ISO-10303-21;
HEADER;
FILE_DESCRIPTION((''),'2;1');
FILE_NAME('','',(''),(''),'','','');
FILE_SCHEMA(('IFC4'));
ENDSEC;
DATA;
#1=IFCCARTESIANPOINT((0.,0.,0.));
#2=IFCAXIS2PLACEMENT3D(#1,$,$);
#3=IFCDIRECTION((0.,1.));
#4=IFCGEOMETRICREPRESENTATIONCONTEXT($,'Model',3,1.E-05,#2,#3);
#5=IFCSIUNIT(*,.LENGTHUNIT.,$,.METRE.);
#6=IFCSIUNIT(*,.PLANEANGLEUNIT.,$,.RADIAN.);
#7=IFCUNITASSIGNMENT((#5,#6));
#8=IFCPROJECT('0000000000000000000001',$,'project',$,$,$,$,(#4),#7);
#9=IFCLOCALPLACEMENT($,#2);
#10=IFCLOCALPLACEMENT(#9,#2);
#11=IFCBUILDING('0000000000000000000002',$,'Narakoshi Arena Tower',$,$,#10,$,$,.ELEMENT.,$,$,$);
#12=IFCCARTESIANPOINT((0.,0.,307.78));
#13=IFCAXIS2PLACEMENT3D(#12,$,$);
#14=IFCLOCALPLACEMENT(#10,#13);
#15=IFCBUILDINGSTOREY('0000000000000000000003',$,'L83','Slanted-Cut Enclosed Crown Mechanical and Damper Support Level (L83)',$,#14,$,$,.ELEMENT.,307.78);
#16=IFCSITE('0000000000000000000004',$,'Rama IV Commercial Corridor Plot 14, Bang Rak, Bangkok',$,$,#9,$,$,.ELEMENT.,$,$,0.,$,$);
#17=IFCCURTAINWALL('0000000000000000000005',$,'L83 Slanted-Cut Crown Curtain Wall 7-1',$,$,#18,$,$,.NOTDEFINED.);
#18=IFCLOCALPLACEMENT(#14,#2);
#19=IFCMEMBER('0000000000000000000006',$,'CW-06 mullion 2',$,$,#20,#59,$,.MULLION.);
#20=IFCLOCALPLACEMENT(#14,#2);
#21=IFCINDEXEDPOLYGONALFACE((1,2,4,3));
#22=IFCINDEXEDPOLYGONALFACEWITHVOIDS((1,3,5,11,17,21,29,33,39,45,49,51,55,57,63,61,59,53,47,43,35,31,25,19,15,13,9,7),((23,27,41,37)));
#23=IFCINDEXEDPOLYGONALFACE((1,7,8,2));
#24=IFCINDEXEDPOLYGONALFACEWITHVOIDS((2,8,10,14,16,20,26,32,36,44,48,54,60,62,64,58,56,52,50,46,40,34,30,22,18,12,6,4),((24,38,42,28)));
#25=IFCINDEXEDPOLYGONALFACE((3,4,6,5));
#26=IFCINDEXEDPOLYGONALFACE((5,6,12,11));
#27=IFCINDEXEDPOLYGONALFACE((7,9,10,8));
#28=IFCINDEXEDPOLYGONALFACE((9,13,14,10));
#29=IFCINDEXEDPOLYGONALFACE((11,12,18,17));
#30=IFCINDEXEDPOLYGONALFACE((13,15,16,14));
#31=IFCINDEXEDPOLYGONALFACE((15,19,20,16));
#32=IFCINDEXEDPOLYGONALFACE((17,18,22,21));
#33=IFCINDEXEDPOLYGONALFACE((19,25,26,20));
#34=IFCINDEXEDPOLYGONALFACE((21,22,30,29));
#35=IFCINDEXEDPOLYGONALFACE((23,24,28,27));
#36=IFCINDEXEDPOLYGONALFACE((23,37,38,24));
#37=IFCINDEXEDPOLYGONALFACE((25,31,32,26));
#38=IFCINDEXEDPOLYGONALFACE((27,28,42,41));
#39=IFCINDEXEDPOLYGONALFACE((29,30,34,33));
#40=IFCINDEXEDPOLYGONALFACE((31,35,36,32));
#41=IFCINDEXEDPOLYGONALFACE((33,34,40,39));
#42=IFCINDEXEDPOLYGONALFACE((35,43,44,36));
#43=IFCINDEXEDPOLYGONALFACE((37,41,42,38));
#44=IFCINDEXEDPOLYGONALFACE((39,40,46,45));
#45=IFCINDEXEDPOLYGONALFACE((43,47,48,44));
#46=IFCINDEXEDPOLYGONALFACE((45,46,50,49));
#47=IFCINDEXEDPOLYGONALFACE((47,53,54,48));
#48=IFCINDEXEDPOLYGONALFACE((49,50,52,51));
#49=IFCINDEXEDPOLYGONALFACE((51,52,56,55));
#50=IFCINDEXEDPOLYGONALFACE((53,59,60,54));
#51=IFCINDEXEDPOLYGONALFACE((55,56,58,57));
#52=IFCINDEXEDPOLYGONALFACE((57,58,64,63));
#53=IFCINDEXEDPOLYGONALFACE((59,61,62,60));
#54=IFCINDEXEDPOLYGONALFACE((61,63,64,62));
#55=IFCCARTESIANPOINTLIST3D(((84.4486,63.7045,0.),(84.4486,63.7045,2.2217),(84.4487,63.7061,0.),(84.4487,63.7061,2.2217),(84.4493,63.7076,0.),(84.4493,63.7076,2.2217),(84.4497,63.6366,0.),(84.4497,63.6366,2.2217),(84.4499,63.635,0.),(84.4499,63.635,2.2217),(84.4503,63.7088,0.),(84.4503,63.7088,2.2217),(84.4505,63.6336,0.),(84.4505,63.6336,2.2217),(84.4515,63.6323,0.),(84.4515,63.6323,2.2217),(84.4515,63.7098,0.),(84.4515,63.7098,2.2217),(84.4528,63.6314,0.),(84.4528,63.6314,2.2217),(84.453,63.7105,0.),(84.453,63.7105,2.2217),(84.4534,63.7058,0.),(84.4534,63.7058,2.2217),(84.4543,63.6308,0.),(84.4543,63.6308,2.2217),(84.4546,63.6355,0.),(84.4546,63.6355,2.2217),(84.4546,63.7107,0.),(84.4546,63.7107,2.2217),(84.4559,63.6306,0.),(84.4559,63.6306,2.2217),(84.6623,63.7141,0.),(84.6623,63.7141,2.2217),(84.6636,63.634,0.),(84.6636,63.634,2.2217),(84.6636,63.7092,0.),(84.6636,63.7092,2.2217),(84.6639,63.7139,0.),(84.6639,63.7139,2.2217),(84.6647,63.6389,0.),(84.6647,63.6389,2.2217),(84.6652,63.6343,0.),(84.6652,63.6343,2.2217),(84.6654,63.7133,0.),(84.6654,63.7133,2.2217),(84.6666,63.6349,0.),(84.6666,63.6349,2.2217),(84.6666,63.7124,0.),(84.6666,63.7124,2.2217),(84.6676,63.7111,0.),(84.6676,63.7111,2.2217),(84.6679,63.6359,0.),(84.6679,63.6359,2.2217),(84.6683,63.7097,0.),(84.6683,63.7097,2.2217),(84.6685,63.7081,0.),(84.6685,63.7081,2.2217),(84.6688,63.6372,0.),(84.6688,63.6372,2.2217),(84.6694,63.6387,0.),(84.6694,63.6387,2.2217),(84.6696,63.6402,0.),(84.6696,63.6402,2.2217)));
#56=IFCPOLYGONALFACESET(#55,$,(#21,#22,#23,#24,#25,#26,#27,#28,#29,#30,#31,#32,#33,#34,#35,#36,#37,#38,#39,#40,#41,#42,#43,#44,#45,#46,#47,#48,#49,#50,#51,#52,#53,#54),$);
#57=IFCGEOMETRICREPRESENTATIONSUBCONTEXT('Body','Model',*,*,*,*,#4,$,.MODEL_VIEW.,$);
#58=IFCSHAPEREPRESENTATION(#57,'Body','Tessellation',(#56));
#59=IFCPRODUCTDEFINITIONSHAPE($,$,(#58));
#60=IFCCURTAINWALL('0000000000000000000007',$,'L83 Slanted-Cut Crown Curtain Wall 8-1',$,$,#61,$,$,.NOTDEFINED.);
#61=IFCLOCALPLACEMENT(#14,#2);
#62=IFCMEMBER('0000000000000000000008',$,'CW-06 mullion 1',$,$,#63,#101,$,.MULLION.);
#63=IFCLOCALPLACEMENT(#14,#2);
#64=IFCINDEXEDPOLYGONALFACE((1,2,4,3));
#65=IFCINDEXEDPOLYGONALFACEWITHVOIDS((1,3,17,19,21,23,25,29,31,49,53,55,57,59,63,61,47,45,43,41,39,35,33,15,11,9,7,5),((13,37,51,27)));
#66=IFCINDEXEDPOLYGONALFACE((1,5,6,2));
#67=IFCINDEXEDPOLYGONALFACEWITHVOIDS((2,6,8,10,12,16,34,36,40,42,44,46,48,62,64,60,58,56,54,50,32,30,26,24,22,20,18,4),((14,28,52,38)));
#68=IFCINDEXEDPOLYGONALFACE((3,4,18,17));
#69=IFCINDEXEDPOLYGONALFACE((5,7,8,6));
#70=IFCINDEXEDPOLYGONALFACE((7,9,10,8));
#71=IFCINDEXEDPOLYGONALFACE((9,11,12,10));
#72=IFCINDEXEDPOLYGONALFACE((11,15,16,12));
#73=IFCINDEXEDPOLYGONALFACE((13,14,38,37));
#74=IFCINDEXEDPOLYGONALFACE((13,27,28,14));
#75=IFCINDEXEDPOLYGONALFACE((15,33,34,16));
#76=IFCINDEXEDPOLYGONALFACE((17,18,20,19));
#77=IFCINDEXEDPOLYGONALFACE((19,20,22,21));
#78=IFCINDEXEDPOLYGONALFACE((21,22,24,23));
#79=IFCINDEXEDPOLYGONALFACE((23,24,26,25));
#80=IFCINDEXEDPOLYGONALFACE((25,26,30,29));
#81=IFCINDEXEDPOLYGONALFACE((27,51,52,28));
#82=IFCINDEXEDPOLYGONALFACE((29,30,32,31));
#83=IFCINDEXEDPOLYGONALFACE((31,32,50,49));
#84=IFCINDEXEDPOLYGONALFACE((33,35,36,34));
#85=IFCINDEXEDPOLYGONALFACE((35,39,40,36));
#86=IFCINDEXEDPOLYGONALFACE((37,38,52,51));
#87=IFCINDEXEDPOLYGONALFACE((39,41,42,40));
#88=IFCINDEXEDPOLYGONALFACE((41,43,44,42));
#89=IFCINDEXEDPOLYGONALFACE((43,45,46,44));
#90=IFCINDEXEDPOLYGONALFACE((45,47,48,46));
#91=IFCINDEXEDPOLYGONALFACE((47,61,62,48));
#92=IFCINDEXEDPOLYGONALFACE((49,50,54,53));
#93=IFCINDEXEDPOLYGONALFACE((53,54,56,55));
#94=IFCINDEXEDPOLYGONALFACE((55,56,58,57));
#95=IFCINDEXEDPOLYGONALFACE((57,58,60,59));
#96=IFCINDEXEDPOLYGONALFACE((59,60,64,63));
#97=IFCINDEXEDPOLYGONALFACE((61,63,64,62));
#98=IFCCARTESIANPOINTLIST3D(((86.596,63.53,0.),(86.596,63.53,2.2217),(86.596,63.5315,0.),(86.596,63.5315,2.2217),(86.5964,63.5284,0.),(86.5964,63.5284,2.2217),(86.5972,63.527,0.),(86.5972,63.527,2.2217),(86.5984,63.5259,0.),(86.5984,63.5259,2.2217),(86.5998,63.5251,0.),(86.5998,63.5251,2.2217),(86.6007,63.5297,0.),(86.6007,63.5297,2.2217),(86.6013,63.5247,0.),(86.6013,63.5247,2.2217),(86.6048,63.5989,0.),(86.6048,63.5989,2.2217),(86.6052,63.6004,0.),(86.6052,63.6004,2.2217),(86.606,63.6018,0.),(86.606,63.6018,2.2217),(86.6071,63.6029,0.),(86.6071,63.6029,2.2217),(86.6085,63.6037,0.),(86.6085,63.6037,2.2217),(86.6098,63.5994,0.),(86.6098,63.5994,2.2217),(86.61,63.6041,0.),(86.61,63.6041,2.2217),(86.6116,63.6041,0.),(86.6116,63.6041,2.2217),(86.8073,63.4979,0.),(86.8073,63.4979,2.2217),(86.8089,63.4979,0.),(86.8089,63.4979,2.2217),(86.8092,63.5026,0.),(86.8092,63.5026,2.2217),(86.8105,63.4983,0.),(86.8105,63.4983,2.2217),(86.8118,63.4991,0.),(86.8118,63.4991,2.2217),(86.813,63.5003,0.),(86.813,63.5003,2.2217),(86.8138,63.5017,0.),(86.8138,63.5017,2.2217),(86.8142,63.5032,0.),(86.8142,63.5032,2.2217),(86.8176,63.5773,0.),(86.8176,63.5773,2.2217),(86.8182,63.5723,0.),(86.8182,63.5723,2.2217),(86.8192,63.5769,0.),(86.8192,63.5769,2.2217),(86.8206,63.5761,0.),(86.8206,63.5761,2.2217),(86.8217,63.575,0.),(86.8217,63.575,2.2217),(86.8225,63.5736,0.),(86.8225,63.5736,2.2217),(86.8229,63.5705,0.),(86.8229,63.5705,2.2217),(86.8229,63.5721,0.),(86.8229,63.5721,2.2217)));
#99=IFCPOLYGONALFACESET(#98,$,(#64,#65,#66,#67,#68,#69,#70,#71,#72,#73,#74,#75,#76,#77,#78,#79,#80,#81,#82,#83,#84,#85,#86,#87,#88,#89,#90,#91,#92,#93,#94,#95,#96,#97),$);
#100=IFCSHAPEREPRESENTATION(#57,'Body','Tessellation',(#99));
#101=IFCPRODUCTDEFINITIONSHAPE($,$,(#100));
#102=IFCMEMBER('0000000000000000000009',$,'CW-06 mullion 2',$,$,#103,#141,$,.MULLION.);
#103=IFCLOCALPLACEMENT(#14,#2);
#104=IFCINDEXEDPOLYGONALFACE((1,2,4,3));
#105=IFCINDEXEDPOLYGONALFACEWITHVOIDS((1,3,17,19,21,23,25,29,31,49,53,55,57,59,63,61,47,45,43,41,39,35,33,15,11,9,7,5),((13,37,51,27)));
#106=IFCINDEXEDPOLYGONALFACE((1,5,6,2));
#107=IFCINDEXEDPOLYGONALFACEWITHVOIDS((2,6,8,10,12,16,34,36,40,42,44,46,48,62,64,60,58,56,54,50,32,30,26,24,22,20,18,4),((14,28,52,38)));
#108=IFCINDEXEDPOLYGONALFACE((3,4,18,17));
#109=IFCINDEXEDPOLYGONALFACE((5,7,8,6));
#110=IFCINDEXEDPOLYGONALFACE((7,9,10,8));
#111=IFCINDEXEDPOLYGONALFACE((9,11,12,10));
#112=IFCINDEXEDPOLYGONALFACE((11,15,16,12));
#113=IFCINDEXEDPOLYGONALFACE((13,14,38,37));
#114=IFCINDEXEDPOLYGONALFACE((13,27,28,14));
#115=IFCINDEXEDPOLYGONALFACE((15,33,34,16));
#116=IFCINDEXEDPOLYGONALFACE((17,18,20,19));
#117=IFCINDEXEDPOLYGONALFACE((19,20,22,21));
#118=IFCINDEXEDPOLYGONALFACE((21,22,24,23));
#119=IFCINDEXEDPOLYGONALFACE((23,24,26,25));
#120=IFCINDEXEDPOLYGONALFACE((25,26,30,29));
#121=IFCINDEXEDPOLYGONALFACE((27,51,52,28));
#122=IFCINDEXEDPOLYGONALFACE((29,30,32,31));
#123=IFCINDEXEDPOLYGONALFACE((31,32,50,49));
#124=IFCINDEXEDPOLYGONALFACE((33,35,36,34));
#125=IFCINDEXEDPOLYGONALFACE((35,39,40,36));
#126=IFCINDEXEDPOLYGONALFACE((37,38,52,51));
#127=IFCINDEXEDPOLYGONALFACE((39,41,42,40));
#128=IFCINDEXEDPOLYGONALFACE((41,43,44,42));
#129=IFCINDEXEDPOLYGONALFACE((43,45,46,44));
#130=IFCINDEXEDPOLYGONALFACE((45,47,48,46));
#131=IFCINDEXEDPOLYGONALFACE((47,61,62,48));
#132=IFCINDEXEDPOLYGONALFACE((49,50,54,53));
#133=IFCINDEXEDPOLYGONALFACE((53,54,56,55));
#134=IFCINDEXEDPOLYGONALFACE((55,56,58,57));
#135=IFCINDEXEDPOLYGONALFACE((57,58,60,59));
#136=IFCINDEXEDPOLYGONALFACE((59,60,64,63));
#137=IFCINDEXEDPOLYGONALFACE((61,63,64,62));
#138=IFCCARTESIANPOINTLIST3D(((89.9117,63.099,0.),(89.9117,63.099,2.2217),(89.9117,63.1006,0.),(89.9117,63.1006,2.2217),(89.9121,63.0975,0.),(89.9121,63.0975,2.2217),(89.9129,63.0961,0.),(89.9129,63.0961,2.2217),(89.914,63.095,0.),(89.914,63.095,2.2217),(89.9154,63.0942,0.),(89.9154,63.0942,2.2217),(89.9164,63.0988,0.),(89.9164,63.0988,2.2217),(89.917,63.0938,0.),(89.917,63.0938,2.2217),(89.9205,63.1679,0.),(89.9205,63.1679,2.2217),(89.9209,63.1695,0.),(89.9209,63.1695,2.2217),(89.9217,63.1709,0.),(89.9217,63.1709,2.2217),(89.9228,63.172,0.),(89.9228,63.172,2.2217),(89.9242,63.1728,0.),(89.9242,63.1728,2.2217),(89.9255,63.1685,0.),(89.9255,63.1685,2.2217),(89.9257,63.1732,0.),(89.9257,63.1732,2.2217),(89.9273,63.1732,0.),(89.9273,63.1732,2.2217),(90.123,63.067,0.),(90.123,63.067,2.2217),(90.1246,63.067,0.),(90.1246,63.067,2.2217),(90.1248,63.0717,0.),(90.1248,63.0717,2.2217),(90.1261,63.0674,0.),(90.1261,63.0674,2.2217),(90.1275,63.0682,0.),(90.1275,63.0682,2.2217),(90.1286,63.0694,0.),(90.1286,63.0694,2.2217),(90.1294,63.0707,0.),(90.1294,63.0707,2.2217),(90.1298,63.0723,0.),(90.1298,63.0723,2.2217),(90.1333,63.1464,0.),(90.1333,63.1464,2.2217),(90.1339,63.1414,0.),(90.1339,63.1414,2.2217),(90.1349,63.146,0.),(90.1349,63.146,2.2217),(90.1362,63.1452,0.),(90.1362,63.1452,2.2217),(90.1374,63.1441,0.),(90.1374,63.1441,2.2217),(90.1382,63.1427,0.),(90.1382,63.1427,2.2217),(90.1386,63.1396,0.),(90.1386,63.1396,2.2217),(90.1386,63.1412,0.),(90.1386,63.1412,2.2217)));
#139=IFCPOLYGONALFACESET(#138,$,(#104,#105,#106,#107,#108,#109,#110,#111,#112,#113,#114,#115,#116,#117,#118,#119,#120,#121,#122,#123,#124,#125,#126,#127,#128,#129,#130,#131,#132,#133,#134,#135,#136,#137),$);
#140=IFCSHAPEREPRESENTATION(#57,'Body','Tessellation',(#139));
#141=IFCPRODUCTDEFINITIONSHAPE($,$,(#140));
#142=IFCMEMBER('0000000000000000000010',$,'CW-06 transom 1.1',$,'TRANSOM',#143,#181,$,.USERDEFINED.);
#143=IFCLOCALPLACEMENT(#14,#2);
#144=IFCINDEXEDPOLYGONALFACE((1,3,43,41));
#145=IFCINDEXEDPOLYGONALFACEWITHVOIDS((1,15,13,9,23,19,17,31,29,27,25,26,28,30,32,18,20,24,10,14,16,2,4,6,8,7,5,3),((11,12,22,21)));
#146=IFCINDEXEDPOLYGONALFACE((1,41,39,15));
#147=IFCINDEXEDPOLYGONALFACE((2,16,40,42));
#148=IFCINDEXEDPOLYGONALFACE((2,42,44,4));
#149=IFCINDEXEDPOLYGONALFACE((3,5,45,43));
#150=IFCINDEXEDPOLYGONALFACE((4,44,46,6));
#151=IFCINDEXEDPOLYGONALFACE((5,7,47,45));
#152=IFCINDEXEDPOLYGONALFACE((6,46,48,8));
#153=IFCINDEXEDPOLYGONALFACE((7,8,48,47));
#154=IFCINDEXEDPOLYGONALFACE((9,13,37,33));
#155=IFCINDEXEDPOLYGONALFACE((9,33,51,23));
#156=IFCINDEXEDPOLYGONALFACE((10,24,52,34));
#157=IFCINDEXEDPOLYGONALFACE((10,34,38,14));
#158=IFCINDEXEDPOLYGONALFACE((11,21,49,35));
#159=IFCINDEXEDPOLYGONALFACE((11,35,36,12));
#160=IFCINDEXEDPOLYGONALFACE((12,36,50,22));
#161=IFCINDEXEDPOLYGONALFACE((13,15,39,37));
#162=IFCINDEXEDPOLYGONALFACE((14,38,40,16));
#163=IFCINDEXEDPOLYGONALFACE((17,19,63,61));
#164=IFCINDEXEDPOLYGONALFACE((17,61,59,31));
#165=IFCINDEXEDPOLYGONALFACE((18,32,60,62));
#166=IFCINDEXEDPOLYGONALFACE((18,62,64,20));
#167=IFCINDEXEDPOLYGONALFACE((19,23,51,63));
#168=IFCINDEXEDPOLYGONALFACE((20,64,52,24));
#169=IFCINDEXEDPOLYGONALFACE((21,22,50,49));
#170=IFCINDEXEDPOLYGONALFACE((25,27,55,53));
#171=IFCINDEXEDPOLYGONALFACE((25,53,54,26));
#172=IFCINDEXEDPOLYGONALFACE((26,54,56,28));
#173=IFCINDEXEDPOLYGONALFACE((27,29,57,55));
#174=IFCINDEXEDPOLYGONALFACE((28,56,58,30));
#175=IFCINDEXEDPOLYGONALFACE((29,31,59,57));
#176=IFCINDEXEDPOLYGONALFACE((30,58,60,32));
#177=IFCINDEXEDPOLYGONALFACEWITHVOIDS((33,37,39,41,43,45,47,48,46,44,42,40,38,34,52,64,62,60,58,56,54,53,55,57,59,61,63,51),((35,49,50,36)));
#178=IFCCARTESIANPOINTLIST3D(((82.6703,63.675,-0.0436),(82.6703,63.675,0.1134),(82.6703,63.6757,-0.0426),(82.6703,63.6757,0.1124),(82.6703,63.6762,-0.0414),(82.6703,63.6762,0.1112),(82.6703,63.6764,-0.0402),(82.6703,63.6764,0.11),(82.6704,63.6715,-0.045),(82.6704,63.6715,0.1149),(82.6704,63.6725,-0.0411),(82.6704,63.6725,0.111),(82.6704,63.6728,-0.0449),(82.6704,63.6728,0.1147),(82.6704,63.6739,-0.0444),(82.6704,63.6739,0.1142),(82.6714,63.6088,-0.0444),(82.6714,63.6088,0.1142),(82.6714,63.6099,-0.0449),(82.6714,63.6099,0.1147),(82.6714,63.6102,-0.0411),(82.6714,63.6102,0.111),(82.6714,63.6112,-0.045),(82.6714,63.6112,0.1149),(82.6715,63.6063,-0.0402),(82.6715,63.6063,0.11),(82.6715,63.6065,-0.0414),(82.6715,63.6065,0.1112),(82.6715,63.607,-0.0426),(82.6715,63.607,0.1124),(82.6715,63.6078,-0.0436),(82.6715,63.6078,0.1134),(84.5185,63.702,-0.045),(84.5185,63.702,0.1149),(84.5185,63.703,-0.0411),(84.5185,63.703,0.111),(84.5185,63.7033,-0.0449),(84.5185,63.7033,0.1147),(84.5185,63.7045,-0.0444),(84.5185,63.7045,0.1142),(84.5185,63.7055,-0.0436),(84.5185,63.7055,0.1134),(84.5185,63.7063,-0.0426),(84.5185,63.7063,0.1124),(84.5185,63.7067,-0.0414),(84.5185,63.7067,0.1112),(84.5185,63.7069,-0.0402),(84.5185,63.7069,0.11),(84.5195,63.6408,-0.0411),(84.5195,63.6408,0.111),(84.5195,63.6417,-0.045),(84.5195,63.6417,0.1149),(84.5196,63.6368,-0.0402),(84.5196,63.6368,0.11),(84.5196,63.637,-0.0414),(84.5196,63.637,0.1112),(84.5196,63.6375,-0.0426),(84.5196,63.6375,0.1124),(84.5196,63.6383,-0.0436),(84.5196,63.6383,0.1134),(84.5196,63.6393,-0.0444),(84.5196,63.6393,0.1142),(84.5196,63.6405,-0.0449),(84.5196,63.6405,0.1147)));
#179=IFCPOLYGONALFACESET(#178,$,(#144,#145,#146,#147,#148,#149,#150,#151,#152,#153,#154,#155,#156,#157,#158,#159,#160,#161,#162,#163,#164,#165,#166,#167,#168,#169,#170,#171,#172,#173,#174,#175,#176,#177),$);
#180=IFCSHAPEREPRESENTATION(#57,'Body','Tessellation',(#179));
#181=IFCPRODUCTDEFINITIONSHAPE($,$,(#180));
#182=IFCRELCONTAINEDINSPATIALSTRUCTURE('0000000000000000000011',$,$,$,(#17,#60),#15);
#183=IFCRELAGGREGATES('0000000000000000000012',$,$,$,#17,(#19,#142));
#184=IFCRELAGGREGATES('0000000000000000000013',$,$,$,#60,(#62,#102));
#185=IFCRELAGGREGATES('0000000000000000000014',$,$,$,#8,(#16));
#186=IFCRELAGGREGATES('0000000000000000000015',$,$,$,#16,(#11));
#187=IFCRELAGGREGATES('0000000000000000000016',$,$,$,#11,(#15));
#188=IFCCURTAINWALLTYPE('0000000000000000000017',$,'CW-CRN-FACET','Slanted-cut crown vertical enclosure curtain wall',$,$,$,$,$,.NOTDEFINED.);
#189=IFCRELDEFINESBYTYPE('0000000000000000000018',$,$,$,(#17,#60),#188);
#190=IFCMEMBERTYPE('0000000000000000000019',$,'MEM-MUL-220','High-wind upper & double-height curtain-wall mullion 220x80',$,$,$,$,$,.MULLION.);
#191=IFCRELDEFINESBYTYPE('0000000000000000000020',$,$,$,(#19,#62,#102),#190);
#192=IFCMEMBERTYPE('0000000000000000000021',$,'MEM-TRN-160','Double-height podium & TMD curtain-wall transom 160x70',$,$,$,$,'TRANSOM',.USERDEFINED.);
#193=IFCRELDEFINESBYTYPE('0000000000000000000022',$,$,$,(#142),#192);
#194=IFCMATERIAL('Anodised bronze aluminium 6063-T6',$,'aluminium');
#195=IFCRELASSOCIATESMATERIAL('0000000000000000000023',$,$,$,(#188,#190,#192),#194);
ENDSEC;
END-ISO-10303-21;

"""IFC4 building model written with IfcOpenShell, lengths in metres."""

from ifc_helpers import new_model, si_unit, direction, frame, origin, origin_2d, place, context, subcontext, project, spatial, hollow_rectangle, extrude, material, material_profile, profile_set, type_object, element, aggregate, save


model = new_model("IFC4")

# Units and contexts
model_context = context("Model", 3, precision=1e-05, world=origin(), true_north=direction((0.0, 1.0)))
body_context = subcontext(model_context, "Body", "Model", "MODEL_VIEW")
ifc_project = project(units=[si_unit("LENGTHUNIT", "METRE"), si_unit("PLANEANGLEUNIT", "RADIAN")], contexts=[model_context])

# Site, building, storey
site_placement = place(None, origin())
site = spatial("IfcSite", under=ifc_project, at=site_placement, Name="Rama IV Commercial Corridor Plot 14, Bang Rak, Bangkok", CompositionType="ELEMENT", RefElevation=0.0)
building_placement = place(site_placement, origin())
building = spatial("IfcBuilding", under=site, at=building_placement, Name="Narakoshi Arena Tower", CompositionType="ELEMENT")
storey_placement = place(building_placement, frame((0.0, 0.0, 307.78)))
storey = spatial("IfcBuildingStorey", under=building, at=storey_placement, Name="L83", Description="Slanted-Cut Enclosed Crown Mechanical and Damper Support Level (L83)", CompositionType="ELEMENT", Elevation=307.78)

# Shared definitions
ifc_material_1 = material(Name="Anodised bronze aluminium 6063-T6", Category="aluminium")
curtain_wall_type = type_object("IfcCurtainWallType", Name="CW-CRN-FACET", Description="Slanted-cut crown vertical enclosure curtain wall", PredefinedType="NOTDEFINED", material=ifc_material_1)
ifc_material_profile_1 = material_profile(ifc_material_1, hollow_rectangle(XDim=0.0801, YDim=0.22, WallThickness=0.0049, OuterFilletRadius=0.0061, at=origin_2d()), Name="MUL220x80x5")
ifc_profile_set_1 = profile_set([ifc_material_profile_1], Name="Anodised bronze aluminium 6063-T6")
member_type_1 = type_object("IfcMemberType", Name="MEM-MUL-220", Description="High-wind upper & double-height curtain-wall mullion 220x80", PredefinedType="MULLION", material=ifc_profile_set_1)

# Curtain walls, members
curtain_wall_1_placement = place(storey_placement, origin())
curtain_wall_1 = element("IfcCurtainWall", 1, at=curtain_wall_1_placement, inside=storey, type_object=curtain_wall_type, Name="L83 Slanted-Cut Crown Curtain Wall 7-1", PredefinedType="NOTDEFINED")
member_1_placement = place(storey_placement, frame((84.5591, 63.6724, 0.0), z_axis=(0.0, 0.0, 1.0), x_axis=(-0.016431, 0.999865, 0.0)))
member_1 = element("IfcMember", 2, at=member_1_placement, type_object=member_type_1, Name="CW-06 mullion 2", PredefinedType="MULLION", context=body_context, shape_type="SweptSolid", body=[
    extrude(hollow_rectangle(XDim=0.0801, YDim=0.22, WallThickness=0.0049, OuterFilletRadius=0.0061, at=origin_2d()), origin(), (0.0, 0.0, 1.0), 2.2217),
])
curtain_wall_2_placement = place(storey_placement, origin())
curtain_wall_2 = element("IfcCurtainWall", 3, at=curtain_wall_2_placement, inside=storey, type_object=curtain_wall_type, Name="L83 Slanted-Cut Crown Curtain Wall 8-1", PredefinedType="NOTDEFINED")
member_2_placement = place(storey_placement, frame((86.7095, 63.551, 0.0), z_axis=(0.0, 0.0, 1.0), x_axis=(0.12889, 0.991659, 0.0)))
member_2 = element("IfcMember", 4, at=member_2_placement, type_object=member_type_1, Name="CW-06 mullion 1", PredefinedType="MULLION", context=body_context, shape_type="SweptSolid", body=[
    extrude(hollow_rectangle(XDim=0.0801, YDim=0.22, WallThickness=0.0049, OuterFilletRadius=0.0061, at=origin_2d()), origin(), (0.0, 0.0, 1.0), 2.2217),
])
member_3_placement = place(storey_placement, frame((90.0251, 63.1201, 0.0), z_axis=(0.0, 0.0, 1.0), x_axis=(0.12889, 0.991659, 0.0)))
member_3 = element("IfcMember", 5, at=member_3_placement, type_object=member_type_1, Name="CW-06 mullion 2", PredefinedType="MULLION", context=body_context, shape_type="SweptSolid", body=[
    extrude(hollow_rectangle(XDim=0.0801, YDim=0.22, WallThickness=0.0049, OuterFilletRadius=0.0061, at=origin_2d()), origin(), (0.0, 0.0, 1.0), 2.2217),
])

# Member
ifc_material_profile_2 = material_profile(ifc_material_1, hollow_rectangle(XDim=0.0701, YDim=0.1599, WallThickness=0.0039, OuterFilletRadius=0.0049, at=origin_2d()), Name="TRN160x70x4")
ifc_profile_set_2 = profile_set([ifc_material_profile_2], Name="Anodised bronze aluminium 6063-T6")
member_type_2 = type_object("IfcMemberType", Name="MEM-TRN-160", Description="Double-height podium & TMD curtain-wall transom 160x70", ElementType="TRANSOM", PredefinedType="USERDEFINED", material=ifc_profile_set_2)
member_4_placement = place(storey_placement, frame((82.6709, 63.6414, 0.0349), z_axis=(0.999864, 0.01651, 0.0), x_axis=(-0.01651, 0.999864, 0.0)))
member_4 = element("IfcMember", 6, at=member_4_placement, type_object=member_type_2, Name="CW-06 transom 1.1", ObjectType="TRANSOM", PredefinedType="USERDEFINED", context=body_context, shape_type="SweptSolid", body=[
    extrude(hollow_rectangle(XDim=0.0701, YDim=0.1599, WallThickness=0.0039, OuterFilletRadius=0.0049, at=origin_2d()), origin(), (0.0, 0.0, 1.0), 1.8484),
])

aggregate(curtain_wall_1, [member_1, member_4])
aggregate(curtain_wall_2, [member_2, member_3])

save(model, "model.ifc")
